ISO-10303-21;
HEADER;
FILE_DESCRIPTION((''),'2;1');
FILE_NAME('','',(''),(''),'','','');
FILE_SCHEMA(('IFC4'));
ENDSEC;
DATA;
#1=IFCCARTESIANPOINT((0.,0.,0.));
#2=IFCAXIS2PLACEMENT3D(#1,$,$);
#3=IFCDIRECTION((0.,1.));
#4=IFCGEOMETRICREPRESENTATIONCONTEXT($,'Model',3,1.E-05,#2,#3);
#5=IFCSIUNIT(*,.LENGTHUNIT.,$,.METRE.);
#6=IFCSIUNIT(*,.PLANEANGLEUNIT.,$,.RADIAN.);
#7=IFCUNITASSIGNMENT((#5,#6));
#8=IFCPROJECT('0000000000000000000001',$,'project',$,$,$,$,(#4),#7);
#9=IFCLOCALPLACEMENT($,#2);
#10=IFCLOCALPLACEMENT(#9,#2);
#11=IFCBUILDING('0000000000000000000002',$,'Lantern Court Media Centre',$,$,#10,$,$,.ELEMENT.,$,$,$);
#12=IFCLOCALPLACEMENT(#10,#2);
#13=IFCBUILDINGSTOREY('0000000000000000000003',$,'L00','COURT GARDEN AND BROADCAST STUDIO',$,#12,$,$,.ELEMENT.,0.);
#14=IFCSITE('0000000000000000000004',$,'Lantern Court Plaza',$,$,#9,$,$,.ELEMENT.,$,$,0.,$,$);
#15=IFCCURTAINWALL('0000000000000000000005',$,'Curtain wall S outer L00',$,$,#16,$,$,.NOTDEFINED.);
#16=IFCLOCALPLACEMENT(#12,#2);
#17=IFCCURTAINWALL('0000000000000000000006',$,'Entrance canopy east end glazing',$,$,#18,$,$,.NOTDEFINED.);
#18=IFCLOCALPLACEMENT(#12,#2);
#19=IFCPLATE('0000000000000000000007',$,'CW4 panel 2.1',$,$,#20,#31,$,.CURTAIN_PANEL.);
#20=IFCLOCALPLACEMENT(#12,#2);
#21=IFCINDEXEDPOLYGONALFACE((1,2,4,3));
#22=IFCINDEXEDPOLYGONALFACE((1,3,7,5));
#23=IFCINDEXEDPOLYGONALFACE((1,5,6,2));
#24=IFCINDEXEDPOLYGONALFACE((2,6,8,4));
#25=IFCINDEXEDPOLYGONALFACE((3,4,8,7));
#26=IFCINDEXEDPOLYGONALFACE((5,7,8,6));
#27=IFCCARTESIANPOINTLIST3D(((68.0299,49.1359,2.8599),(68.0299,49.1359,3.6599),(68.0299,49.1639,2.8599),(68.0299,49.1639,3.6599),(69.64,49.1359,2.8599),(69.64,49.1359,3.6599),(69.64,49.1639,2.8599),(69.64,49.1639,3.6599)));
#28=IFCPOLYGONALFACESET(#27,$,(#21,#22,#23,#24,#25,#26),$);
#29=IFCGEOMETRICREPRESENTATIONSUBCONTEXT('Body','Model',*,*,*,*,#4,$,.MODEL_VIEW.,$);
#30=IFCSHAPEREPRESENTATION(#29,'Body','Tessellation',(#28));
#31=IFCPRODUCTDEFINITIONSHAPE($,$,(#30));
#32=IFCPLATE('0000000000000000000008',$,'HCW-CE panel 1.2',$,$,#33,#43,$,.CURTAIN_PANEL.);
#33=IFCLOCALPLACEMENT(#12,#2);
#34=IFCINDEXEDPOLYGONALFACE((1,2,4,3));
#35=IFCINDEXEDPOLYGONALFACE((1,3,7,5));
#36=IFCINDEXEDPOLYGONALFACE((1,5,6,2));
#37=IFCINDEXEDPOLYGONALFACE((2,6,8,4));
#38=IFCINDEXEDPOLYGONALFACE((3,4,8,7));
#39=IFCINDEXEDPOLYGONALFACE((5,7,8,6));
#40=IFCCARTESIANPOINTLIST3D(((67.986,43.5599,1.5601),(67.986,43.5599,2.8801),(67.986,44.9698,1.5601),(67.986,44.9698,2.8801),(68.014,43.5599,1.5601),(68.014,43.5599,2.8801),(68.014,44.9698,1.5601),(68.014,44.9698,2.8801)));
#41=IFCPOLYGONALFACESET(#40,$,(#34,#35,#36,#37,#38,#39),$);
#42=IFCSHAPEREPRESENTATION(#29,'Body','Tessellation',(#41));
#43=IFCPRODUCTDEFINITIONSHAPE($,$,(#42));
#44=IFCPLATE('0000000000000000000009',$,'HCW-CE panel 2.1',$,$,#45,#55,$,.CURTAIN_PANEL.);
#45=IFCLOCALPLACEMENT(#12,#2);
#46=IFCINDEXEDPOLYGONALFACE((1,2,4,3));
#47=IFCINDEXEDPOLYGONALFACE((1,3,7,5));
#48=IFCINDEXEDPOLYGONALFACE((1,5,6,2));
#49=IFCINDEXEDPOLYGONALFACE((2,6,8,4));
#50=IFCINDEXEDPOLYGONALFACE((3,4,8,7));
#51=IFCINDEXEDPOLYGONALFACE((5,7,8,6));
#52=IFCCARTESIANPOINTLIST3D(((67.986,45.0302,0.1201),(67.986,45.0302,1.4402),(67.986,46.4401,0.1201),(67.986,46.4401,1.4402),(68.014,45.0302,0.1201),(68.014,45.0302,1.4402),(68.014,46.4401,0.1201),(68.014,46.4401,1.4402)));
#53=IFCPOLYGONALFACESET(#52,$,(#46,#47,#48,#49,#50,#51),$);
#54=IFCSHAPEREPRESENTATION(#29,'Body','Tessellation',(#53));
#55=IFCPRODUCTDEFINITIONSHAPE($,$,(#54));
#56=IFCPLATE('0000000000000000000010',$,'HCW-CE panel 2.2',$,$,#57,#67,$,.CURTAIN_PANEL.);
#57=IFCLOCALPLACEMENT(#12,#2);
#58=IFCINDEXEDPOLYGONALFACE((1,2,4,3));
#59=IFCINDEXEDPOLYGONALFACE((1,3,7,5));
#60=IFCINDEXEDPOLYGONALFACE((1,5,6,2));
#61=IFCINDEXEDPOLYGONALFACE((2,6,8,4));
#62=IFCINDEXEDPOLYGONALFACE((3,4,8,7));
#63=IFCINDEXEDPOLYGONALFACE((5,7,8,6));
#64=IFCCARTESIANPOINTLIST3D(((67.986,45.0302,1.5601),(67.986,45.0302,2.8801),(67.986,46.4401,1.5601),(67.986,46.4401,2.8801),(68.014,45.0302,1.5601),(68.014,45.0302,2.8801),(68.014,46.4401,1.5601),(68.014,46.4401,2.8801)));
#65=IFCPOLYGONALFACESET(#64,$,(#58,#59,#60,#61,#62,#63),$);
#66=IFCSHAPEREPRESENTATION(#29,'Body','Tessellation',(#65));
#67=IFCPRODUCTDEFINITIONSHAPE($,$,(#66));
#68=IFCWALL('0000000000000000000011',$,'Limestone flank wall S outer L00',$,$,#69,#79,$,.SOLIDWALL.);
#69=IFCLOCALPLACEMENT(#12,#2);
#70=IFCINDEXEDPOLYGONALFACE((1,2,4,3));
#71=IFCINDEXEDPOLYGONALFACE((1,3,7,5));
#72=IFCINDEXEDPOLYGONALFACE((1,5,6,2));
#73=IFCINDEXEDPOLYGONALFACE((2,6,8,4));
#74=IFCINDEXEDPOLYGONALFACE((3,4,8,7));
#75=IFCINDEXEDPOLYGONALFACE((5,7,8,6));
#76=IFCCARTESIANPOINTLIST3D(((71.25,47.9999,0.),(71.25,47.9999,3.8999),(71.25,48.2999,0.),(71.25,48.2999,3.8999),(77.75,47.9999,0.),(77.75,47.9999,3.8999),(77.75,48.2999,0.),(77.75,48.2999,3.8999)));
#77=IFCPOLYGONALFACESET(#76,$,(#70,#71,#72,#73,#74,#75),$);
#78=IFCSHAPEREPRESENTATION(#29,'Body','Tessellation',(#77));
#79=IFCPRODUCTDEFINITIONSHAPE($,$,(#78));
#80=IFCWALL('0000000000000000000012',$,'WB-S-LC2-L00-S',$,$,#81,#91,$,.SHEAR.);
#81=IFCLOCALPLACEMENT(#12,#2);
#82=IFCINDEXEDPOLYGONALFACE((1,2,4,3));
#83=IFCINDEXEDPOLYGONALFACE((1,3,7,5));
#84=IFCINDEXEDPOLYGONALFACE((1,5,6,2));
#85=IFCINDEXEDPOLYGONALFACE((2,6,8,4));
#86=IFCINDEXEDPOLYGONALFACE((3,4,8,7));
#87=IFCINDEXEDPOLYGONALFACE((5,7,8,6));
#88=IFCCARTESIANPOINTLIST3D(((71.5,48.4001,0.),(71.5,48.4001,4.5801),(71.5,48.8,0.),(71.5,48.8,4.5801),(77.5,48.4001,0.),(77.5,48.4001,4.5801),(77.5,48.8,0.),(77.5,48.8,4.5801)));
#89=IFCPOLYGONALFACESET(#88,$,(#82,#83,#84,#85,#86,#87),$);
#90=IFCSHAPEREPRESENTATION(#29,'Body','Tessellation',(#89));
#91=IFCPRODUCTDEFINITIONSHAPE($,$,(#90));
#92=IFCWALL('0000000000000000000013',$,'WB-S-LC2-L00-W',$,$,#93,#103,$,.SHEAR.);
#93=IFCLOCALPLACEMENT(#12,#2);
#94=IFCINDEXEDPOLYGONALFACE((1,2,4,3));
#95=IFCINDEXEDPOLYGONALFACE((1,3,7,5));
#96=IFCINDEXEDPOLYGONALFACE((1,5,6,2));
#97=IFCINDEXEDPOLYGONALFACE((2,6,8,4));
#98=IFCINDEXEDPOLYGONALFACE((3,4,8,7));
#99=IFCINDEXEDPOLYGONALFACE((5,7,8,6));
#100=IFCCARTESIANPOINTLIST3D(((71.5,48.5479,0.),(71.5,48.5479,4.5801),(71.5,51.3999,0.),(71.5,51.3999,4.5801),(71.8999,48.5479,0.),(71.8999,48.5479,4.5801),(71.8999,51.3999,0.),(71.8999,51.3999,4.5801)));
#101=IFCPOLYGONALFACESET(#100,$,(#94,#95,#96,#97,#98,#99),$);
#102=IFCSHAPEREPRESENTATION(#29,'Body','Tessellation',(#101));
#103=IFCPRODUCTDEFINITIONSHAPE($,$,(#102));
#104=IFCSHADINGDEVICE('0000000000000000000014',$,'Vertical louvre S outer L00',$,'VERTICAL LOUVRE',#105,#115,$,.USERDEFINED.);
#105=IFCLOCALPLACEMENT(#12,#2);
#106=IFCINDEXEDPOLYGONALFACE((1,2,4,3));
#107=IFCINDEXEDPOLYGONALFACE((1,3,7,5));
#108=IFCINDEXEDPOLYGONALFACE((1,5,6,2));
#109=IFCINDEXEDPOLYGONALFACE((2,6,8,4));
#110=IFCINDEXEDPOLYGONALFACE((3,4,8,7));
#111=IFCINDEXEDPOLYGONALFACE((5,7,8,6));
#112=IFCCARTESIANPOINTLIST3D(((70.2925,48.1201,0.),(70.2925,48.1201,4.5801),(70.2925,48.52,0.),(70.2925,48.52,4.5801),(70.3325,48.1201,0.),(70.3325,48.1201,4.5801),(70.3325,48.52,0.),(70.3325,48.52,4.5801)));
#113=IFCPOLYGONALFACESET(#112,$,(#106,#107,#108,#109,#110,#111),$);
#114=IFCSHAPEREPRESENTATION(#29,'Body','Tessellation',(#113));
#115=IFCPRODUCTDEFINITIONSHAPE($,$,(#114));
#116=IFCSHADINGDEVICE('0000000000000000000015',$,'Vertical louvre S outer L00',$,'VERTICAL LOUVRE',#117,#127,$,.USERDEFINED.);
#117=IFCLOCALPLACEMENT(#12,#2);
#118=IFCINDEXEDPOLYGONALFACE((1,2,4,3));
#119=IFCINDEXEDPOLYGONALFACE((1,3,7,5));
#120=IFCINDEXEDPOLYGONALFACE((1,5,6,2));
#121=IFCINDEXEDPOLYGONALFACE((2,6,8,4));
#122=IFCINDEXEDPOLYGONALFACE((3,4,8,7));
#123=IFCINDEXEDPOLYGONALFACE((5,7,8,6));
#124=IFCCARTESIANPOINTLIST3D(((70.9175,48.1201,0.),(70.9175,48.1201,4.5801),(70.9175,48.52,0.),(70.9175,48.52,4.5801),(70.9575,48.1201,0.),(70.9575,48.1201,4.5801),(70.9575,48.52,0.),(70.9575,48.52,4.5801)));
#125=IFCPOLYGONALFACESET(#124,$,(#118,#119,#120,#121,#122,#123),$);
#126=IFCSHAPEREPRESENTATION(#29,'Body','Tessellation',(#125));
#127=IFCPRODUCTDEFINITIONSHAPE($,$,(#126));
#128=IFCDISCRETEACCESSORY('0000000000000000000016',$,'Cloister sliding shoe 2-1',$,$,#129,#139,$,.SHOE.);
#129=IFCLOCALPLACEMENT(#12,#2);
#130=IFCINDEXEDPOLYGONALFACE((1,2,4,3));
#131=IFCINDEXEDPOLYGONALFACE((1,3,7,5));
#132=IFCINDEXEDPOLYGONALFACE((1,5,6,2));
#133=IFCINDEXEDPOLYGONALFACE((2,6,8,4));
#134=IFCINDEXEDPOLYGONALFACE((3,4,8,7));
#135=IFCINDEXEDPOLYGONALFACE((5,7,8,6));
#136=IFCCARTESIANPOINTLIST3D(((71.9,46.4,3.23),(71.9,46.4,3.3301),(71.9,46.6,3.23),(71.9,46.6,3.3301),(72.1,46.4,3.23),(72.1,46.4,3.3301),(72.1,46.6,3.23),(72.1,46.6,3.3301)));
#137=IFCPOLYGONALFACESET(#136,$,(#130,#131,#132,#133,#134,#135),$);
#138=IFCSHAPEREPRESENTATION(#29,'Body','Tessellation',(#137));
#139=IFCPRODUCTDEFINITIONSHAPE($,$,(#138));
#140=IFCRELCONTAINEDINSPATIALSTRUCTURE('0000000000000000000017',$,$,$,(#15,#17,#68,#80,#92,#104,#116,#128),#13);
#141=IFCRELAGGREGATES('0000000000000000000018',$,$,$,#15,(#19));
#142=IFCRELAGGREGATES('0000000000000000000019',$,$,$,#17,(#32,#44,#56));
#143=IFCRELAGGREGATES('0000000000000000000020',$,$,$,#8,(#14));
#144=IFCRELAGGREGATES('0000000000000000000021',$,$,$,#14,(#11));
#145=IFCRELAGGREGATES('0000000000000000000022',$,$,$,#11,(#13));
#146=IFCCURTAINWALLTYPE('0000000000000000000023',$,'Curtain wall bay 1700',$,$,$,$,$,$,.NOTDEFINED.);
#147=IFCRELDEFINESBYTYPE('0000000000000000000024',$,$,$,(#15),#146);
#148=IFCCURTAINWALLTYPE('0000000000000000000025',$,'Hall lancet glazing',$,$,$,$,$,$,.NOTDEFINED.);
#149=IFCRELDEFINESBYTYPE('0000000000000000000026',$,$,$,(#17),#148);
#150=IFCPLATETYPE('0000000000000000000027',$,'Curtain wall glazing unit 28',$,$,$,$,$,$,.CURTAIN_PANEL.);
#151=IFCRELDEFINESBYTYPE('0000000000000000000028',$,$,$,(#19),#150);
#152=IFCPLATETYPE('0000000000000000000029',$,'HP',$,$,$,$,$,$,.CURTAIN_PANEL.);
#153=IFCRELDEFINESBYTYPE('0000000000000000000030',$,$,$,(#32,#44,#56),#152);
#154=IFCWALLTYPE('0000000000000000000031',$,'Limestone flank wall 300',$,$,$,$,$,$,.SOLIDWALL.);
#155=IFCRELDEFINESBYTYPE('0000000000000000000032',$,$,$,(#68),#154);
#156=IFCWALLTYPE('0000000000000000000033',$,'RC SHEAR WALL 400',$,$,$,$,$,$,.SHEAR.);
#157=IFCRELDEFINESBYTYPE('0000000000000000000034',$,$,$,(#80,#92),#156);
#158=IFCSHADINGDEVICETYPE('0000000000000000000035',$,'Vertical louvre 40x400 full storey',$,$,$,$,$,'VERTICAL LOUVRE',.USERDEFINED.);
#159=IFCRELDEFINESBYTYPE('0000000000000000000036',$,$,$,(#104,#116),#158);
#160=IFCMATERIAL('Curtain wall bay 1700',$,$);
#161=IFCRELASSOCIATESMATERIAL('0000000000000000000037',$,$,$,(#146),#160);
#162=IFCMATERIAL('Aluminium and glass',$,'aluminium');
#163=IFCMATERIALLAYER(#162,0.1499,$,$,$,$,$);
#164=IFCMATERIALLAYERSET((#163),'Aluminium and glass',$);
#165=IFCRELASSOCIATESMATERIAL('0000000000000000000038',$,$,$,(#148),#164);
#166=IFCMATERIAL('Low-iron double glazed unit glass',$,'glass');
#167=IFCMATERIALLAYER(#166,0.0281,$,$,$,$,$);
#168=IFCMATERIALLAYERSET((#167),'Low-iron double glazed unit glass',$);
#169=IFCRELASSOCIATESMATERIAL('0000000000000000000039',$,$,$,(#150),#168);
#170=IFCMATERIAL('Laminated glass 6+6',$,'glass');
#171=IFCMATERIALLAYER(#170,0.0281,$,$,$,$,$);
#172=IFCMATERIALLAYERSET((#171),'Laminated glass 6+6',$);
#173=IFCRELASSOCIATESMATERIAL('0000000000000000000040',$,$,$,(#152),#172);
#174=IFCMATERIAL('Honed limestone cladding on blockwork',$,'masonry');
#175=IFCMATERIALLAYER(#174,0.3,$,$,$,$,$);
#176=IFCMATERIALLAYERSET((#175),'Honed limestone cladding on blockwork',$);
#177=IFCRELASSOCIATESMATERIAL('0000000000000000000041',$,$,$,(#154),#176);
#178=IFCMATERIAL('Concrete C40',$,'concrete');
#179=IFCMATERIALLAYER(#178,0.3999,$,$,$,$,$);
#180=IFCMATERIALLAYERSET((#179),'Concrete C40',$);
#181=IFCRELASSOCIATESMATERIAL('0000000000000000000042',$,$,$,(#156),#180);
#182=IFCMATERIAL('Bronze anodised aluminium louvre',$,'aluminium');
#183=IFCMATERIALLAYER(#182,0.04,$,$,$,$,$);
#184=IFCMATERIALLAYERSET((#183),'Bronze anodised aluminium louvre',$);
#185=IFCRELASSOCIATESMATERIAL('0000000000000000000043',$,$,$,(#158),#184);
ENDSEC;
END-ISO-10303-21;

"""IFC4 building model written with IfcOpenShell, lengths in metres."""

from ifc_helpers import new_model, si_unit, direction, frame, frame_2d, origin, origin_2d, place, context, subcontext, project, spatial, rectangle, extrude, material, layer, layer_set, type_object, element, aggregate, save


model = new_model("IFC4")

# Units and contexts
model_context = context("Model", 3, precision=1e-05, world=origin(), true_north=direction((0.0, 1.0)))
body_context = subcontext(model_context, "Body", "Model", "MODEL_VIEW")
ifc_project = project(units=[si_unit("LENGTHUNIT", "METRE"), si_unit("PLANEANGLEUNIT", "RADIAN")], contexts=[model_context])

# Site, building, storey
site_placement = place(None, origin())
site = spatial("IfcSite", under=ifc_project, at=site_placement, Name="Lantern Court Plaza", CompositionType="ELEMENT", RefElevation=0.0)
building_placement = place(site_placement, origin())
building = spatial("IfcBuilding", under=site, at=building_placement, Name="Lantern Court Media Centre", CompositionType="ELEMENT")
storey_placement = place(building_placement, origin())
storey = spatial("IfcBuildingStorey", under=building, at=storey_placement, Name="L00", Description="COURT GARDEN AND BROADCAST STUDIO", CompositionType="ELEMENT", Elevation=0.0)

# Curtain wall
ifc_material_1 = material(Name="Curtain wall bay 1700")
curtain_wall_type_1 = type_object("IfcCurtainWallType", Name="Curtain wall bay 1700", PredefinedType="NOTDEFINED", material=ifc_material_1)
curtain_wall_1_placement = place(storey_placement, origin())
curtain_wall_1 = element("IfcCurtainWall", 1, at=curtain_wall_1_placement, inside=storey, type_object=curtain_wall_type_1, Name="Curtain wall S outer L00", PredefinedType="NOTDEFINED")

# Curtain wall
ifc_material_2 = material(Name="Aluminium and glass", Category="aluminium")
ifc_layer_1 = layer(ifc_material_2, 0.1499)
ifc_layer_set_1 = layer_set([ifc_layer_1], Name="Aluminium and glass")
curtain_wall_type_2 = type_object("IfcCurtainWallType", Name="Hall lancet glazing", PredefinedType="NOTDEFINED", material=ifc_layer_set_1)
curtain_wall_2_placement = place(storey_placement, origin())
curtain_wall_2 = element("IfcCurtainWall", 2, at=curtain_wall_2_placement, inside=storey, type_object=curtain_wall_type_2, Name="Entrance canopy east end glazing", PredefinedType="NOTDEFINED")

# Plates
ifc_material_3 = material(Name="Low-iron double glazed unit glass", Category="glass")
ifc_layer_2 = layer(ifc_material_3, 0.0281)
ifc_layer_set_2 = layer_set([ifc_layer_2], Name="Low-iron double glazed unit glass")
plate_type_1 = type_object("IfcPlateType", Name="Curtain wall glazing unit 28", PredefinedType="CURTAIN_PANEL", material=ifc_layer_set_2)
plate_1_placement = place(storey_placement, frame((68.835, 49.1499, 2.8599), z_axis=(0.0, 0.0, 1.0), x_axis=(1.0, 0.0, 0.0)))
plate_1 = element("IfcPlate", 3, at=plate_1_placement, type_object=plate_type_1, Name="CW4 panel 2.1", PredefinedType="CURTAIN_PANEL", context=body_context, shape_type="SweptSolid", body=[
    extrude(rectangle(XDim=1.6101, YDim=0.0281, at=origin_2d()), origin(), (0.0, 0.0, 1.0), 0.8),
])
aggregate(curtain_wall_1, [plate_1])
ifc_material_4 = material(Name="Laminated glass 6+6", Category="glass")
ifc_layer_3 = layer(ifc_material_4, 0.0281)
ifc_layer_set_3 = layer_set([ifc_layer_3], Name="Laminated glass 6+6")
plate_type_2 = type_object("IfcPlateType", Name="HP", PredefinedType="CURTAIN_PANEL", material=ifc_layer_set_3)
plate_2_placement = place(storey_placement, frame((68.0, 44.2649, 1.5601), z_axis=(0.0, 0.0, 1.0), x_axis=(0.0, 1.0, 0.0)))
plate_2 = element("IfcPlate", 4, at=plate_2_placement, type_object=plate_type_2, Name="HCW-CE panel 1.2", PredefinedType="CURTAIN_PANEL", context=body_context, shape_type="SweptSolid", body=[
    extrude(rectangle(XDim=1.4099, YDim=0.0281, at=origin_2d()), origin(), (0.0, 0.0, 1.0), 1.3201),
])
plate_3_placement = place(storey_placement, frame((68.0, 45.7351, 0.1201), z_axis=(0.0, 0.0, 1.0), x_axis=(0.0, 1.0, 0.0)))
plate_3 = element("IfcPlate", 5, at=plate_3_placement, type_object=plate_type_2, Name="HCW-CE panel 2.1", PredefinedType="CURTAIN_PANEL", context=body_context, shape_type="SweptSolid", body=[
    extrude(rectangle(XDim=1.4099, YDim=0.0281, at=origin_2d()), origin(), (0.0, 0.0, 1.0), 1.3201),
])
plate_4_placement = place(storey_placement, frame((68.0, 45.7351, 1.5601), z_axis=(0.0, 0.0, 1.0), x_axis=(0.0, 1.0, 0.0)))
plate_4 = element("IfcPlate", 6, at=plate_4_placement, type_object=plate_type_2, Name="HCW-CE panel 2.2", PredefinedType="CURTAIN_PANEL", context=body_context, shape_type="SweptSolid", body=[
    extrude(rectangle(XDim=1.4099, YDim=0.0281, at=origin_2d()), origin(), (0.0, 0.0, 1.0), 1.3201),
])
aggregate(curtain_wall_2, [plate_2, plate_3, plate_4])

# Walls
ifc_material_5 = material(Name="Honed limestone cladding on blockwork", Category="masonry")
ifc_layer_4 = layer(ifc_material_5, 0.3)
ifc_layer_set_4 = layer_set([ifc_layer_4], Name="Honed limestone cladding on blockwork")
wall_type_1 = type_object("IfcWallType", Name="Limestone flank wall 300", PredefinedType="SOLIDWALL", material=ifc_layer_set_4)
wall_1_placement = place(storey_placement, frame((71.25, 48.1499, 0.0), z_axis=(0.0, 0.0, 1.0), x_axis=(1.0, 0.0, 0.0)))
element("IfcWall", 7, at=wall_1_placement, inside=storey, type_object=wall_type_1, Name="Limestone flank wall S outer L00", PredefinedType="SOLIDWALL", context=body_context, shape_type="SweptSolid", body=[
    extrude(rectangle(XDim=6.5, YDim=0.3, at=frame_2d((3.25, 0.0))), origin(), (0.0, 0.0, 1.0), 3.8999),
])
ifc_material_6 = material(Name="Concrete C40", Category="concrete")
ifc_layer_5 = layer(ifc_material_6, 0.3999)
ifc_layer_set_5 = layer_set([ifc_layer_5], Name="Concrete C40")
wall_type_2 = type_object("IfcWallType", Name="RC SHEAR WALL 400", PredefinedType="SHEAR", material=ifc_layer_set_5)
wall_2_placement = place(storey_placement, frame((71.5, 48.6001, 0.0), z_axis=(0.0, 0.0, 1.0), x_axis=(1.0, 0.0, 0.0)))
element("IfcWall", 8, at=wall_2_placement, inside=storey, type_object=wall_type_2, Name="WB-S-LC2-L00-S", PredefinedType="SHEAR", context=body_context, shape_type="SweptSolid", body=[
    extrude(rectangle(XDim=6.0, YDim=0.3999, at=frame_2d((3.0, 0.0))), origin(), (0.0, 0.0, 1.0), 4.5801),
])
wall_3_placement = place(storey_placement, frame((71.7, 48.5479, 0.0), z_axis=(0.0, 0.0, 1.0), x_axis=(0.0, 1.0, 0.0)))
element("IfcWall", 9, at=wall_3_placement, inside=storey, type_object=wall_type_2, Name="WB-S-LC2-L00-W", PredefinedType="SHEAR", context=body_context, shape_type="SweptSolid", body=[
    extrude(rectangle(XDim=2.8521, YDim=0.3999, at=frame_2d((1.426, 0.0))), origin(), (0.0, 0.0, 1.0), 4.5801),
])

# Shading devices
ifc_material_7 = material(Name="Bronze anodised aluminium louvre", Category="aluminium")
ifc_layer_6 = layer(ifc_material_7, 0.04)
ifc_layer_set_6 = layer_set([ifc_layer_6], Name="Bronze anodised aluminium louvre")
shading_device_type = type_object("IfcShadingDeviceType", Name="Vertical louvre 40x400 full storey", ElementType="VERTICAL LOUVRE", PredefinedType="USERDEFINED", material=ifc_layer_set_6)
for number, where, z_axis, x_axis, name in (
    (10, (70.3125, 48.3201, 0.0), (0.0, 0.0, 1.0), (1.0, 0.0, 0.0), "Vertical louvre S outer L00"),
    (11, (70.9375, 48.3201, 0.0), (0.0, 0.0, 1.0), (1.0, 0.0, 0.0), "Vertical louvre S outer L00"),
):
    element("IfcShadingDevice", number, at=place(storey_placement, frame(where, z_axis=z_axis, x_axis=x_axis)), inside=storey, type_object=shading_device_type, Name=name, ObjectType="VERTICAL LOUVRE", PredefinedType="USERDEFINED", context=body_context, shape_type="SweptSolid", body=[
        extrude(rectangle(XDim=0.04, YDim=0.3999, at=origin_2d()), origin(), (0.0, 0.0, 1.0), 4.5801),
    ])

# Discrete accessory
discrete_accessory_placement = place(storey_placement, frame((72.0, 46.5, 3.23), z_axis=(0.0, 0.0, 1.0), x_axis=(1.0, 0.0, 0.0)))
element("IfcDiscreteAccessory", 12, at=discrete_accessory_placement, inside=storey, Name="Cloister sliding shoe 2-1", PredefinedType="SHOE", context=body_context, shape_type="SweptSolid", body=[
    extrude(rectangle(XDim=0.2, YDim=0.2, at=origin_2d()), origin(), (0.0, 0.0, 1.0), 0.1001),
])

save(model, "model.ifc")
